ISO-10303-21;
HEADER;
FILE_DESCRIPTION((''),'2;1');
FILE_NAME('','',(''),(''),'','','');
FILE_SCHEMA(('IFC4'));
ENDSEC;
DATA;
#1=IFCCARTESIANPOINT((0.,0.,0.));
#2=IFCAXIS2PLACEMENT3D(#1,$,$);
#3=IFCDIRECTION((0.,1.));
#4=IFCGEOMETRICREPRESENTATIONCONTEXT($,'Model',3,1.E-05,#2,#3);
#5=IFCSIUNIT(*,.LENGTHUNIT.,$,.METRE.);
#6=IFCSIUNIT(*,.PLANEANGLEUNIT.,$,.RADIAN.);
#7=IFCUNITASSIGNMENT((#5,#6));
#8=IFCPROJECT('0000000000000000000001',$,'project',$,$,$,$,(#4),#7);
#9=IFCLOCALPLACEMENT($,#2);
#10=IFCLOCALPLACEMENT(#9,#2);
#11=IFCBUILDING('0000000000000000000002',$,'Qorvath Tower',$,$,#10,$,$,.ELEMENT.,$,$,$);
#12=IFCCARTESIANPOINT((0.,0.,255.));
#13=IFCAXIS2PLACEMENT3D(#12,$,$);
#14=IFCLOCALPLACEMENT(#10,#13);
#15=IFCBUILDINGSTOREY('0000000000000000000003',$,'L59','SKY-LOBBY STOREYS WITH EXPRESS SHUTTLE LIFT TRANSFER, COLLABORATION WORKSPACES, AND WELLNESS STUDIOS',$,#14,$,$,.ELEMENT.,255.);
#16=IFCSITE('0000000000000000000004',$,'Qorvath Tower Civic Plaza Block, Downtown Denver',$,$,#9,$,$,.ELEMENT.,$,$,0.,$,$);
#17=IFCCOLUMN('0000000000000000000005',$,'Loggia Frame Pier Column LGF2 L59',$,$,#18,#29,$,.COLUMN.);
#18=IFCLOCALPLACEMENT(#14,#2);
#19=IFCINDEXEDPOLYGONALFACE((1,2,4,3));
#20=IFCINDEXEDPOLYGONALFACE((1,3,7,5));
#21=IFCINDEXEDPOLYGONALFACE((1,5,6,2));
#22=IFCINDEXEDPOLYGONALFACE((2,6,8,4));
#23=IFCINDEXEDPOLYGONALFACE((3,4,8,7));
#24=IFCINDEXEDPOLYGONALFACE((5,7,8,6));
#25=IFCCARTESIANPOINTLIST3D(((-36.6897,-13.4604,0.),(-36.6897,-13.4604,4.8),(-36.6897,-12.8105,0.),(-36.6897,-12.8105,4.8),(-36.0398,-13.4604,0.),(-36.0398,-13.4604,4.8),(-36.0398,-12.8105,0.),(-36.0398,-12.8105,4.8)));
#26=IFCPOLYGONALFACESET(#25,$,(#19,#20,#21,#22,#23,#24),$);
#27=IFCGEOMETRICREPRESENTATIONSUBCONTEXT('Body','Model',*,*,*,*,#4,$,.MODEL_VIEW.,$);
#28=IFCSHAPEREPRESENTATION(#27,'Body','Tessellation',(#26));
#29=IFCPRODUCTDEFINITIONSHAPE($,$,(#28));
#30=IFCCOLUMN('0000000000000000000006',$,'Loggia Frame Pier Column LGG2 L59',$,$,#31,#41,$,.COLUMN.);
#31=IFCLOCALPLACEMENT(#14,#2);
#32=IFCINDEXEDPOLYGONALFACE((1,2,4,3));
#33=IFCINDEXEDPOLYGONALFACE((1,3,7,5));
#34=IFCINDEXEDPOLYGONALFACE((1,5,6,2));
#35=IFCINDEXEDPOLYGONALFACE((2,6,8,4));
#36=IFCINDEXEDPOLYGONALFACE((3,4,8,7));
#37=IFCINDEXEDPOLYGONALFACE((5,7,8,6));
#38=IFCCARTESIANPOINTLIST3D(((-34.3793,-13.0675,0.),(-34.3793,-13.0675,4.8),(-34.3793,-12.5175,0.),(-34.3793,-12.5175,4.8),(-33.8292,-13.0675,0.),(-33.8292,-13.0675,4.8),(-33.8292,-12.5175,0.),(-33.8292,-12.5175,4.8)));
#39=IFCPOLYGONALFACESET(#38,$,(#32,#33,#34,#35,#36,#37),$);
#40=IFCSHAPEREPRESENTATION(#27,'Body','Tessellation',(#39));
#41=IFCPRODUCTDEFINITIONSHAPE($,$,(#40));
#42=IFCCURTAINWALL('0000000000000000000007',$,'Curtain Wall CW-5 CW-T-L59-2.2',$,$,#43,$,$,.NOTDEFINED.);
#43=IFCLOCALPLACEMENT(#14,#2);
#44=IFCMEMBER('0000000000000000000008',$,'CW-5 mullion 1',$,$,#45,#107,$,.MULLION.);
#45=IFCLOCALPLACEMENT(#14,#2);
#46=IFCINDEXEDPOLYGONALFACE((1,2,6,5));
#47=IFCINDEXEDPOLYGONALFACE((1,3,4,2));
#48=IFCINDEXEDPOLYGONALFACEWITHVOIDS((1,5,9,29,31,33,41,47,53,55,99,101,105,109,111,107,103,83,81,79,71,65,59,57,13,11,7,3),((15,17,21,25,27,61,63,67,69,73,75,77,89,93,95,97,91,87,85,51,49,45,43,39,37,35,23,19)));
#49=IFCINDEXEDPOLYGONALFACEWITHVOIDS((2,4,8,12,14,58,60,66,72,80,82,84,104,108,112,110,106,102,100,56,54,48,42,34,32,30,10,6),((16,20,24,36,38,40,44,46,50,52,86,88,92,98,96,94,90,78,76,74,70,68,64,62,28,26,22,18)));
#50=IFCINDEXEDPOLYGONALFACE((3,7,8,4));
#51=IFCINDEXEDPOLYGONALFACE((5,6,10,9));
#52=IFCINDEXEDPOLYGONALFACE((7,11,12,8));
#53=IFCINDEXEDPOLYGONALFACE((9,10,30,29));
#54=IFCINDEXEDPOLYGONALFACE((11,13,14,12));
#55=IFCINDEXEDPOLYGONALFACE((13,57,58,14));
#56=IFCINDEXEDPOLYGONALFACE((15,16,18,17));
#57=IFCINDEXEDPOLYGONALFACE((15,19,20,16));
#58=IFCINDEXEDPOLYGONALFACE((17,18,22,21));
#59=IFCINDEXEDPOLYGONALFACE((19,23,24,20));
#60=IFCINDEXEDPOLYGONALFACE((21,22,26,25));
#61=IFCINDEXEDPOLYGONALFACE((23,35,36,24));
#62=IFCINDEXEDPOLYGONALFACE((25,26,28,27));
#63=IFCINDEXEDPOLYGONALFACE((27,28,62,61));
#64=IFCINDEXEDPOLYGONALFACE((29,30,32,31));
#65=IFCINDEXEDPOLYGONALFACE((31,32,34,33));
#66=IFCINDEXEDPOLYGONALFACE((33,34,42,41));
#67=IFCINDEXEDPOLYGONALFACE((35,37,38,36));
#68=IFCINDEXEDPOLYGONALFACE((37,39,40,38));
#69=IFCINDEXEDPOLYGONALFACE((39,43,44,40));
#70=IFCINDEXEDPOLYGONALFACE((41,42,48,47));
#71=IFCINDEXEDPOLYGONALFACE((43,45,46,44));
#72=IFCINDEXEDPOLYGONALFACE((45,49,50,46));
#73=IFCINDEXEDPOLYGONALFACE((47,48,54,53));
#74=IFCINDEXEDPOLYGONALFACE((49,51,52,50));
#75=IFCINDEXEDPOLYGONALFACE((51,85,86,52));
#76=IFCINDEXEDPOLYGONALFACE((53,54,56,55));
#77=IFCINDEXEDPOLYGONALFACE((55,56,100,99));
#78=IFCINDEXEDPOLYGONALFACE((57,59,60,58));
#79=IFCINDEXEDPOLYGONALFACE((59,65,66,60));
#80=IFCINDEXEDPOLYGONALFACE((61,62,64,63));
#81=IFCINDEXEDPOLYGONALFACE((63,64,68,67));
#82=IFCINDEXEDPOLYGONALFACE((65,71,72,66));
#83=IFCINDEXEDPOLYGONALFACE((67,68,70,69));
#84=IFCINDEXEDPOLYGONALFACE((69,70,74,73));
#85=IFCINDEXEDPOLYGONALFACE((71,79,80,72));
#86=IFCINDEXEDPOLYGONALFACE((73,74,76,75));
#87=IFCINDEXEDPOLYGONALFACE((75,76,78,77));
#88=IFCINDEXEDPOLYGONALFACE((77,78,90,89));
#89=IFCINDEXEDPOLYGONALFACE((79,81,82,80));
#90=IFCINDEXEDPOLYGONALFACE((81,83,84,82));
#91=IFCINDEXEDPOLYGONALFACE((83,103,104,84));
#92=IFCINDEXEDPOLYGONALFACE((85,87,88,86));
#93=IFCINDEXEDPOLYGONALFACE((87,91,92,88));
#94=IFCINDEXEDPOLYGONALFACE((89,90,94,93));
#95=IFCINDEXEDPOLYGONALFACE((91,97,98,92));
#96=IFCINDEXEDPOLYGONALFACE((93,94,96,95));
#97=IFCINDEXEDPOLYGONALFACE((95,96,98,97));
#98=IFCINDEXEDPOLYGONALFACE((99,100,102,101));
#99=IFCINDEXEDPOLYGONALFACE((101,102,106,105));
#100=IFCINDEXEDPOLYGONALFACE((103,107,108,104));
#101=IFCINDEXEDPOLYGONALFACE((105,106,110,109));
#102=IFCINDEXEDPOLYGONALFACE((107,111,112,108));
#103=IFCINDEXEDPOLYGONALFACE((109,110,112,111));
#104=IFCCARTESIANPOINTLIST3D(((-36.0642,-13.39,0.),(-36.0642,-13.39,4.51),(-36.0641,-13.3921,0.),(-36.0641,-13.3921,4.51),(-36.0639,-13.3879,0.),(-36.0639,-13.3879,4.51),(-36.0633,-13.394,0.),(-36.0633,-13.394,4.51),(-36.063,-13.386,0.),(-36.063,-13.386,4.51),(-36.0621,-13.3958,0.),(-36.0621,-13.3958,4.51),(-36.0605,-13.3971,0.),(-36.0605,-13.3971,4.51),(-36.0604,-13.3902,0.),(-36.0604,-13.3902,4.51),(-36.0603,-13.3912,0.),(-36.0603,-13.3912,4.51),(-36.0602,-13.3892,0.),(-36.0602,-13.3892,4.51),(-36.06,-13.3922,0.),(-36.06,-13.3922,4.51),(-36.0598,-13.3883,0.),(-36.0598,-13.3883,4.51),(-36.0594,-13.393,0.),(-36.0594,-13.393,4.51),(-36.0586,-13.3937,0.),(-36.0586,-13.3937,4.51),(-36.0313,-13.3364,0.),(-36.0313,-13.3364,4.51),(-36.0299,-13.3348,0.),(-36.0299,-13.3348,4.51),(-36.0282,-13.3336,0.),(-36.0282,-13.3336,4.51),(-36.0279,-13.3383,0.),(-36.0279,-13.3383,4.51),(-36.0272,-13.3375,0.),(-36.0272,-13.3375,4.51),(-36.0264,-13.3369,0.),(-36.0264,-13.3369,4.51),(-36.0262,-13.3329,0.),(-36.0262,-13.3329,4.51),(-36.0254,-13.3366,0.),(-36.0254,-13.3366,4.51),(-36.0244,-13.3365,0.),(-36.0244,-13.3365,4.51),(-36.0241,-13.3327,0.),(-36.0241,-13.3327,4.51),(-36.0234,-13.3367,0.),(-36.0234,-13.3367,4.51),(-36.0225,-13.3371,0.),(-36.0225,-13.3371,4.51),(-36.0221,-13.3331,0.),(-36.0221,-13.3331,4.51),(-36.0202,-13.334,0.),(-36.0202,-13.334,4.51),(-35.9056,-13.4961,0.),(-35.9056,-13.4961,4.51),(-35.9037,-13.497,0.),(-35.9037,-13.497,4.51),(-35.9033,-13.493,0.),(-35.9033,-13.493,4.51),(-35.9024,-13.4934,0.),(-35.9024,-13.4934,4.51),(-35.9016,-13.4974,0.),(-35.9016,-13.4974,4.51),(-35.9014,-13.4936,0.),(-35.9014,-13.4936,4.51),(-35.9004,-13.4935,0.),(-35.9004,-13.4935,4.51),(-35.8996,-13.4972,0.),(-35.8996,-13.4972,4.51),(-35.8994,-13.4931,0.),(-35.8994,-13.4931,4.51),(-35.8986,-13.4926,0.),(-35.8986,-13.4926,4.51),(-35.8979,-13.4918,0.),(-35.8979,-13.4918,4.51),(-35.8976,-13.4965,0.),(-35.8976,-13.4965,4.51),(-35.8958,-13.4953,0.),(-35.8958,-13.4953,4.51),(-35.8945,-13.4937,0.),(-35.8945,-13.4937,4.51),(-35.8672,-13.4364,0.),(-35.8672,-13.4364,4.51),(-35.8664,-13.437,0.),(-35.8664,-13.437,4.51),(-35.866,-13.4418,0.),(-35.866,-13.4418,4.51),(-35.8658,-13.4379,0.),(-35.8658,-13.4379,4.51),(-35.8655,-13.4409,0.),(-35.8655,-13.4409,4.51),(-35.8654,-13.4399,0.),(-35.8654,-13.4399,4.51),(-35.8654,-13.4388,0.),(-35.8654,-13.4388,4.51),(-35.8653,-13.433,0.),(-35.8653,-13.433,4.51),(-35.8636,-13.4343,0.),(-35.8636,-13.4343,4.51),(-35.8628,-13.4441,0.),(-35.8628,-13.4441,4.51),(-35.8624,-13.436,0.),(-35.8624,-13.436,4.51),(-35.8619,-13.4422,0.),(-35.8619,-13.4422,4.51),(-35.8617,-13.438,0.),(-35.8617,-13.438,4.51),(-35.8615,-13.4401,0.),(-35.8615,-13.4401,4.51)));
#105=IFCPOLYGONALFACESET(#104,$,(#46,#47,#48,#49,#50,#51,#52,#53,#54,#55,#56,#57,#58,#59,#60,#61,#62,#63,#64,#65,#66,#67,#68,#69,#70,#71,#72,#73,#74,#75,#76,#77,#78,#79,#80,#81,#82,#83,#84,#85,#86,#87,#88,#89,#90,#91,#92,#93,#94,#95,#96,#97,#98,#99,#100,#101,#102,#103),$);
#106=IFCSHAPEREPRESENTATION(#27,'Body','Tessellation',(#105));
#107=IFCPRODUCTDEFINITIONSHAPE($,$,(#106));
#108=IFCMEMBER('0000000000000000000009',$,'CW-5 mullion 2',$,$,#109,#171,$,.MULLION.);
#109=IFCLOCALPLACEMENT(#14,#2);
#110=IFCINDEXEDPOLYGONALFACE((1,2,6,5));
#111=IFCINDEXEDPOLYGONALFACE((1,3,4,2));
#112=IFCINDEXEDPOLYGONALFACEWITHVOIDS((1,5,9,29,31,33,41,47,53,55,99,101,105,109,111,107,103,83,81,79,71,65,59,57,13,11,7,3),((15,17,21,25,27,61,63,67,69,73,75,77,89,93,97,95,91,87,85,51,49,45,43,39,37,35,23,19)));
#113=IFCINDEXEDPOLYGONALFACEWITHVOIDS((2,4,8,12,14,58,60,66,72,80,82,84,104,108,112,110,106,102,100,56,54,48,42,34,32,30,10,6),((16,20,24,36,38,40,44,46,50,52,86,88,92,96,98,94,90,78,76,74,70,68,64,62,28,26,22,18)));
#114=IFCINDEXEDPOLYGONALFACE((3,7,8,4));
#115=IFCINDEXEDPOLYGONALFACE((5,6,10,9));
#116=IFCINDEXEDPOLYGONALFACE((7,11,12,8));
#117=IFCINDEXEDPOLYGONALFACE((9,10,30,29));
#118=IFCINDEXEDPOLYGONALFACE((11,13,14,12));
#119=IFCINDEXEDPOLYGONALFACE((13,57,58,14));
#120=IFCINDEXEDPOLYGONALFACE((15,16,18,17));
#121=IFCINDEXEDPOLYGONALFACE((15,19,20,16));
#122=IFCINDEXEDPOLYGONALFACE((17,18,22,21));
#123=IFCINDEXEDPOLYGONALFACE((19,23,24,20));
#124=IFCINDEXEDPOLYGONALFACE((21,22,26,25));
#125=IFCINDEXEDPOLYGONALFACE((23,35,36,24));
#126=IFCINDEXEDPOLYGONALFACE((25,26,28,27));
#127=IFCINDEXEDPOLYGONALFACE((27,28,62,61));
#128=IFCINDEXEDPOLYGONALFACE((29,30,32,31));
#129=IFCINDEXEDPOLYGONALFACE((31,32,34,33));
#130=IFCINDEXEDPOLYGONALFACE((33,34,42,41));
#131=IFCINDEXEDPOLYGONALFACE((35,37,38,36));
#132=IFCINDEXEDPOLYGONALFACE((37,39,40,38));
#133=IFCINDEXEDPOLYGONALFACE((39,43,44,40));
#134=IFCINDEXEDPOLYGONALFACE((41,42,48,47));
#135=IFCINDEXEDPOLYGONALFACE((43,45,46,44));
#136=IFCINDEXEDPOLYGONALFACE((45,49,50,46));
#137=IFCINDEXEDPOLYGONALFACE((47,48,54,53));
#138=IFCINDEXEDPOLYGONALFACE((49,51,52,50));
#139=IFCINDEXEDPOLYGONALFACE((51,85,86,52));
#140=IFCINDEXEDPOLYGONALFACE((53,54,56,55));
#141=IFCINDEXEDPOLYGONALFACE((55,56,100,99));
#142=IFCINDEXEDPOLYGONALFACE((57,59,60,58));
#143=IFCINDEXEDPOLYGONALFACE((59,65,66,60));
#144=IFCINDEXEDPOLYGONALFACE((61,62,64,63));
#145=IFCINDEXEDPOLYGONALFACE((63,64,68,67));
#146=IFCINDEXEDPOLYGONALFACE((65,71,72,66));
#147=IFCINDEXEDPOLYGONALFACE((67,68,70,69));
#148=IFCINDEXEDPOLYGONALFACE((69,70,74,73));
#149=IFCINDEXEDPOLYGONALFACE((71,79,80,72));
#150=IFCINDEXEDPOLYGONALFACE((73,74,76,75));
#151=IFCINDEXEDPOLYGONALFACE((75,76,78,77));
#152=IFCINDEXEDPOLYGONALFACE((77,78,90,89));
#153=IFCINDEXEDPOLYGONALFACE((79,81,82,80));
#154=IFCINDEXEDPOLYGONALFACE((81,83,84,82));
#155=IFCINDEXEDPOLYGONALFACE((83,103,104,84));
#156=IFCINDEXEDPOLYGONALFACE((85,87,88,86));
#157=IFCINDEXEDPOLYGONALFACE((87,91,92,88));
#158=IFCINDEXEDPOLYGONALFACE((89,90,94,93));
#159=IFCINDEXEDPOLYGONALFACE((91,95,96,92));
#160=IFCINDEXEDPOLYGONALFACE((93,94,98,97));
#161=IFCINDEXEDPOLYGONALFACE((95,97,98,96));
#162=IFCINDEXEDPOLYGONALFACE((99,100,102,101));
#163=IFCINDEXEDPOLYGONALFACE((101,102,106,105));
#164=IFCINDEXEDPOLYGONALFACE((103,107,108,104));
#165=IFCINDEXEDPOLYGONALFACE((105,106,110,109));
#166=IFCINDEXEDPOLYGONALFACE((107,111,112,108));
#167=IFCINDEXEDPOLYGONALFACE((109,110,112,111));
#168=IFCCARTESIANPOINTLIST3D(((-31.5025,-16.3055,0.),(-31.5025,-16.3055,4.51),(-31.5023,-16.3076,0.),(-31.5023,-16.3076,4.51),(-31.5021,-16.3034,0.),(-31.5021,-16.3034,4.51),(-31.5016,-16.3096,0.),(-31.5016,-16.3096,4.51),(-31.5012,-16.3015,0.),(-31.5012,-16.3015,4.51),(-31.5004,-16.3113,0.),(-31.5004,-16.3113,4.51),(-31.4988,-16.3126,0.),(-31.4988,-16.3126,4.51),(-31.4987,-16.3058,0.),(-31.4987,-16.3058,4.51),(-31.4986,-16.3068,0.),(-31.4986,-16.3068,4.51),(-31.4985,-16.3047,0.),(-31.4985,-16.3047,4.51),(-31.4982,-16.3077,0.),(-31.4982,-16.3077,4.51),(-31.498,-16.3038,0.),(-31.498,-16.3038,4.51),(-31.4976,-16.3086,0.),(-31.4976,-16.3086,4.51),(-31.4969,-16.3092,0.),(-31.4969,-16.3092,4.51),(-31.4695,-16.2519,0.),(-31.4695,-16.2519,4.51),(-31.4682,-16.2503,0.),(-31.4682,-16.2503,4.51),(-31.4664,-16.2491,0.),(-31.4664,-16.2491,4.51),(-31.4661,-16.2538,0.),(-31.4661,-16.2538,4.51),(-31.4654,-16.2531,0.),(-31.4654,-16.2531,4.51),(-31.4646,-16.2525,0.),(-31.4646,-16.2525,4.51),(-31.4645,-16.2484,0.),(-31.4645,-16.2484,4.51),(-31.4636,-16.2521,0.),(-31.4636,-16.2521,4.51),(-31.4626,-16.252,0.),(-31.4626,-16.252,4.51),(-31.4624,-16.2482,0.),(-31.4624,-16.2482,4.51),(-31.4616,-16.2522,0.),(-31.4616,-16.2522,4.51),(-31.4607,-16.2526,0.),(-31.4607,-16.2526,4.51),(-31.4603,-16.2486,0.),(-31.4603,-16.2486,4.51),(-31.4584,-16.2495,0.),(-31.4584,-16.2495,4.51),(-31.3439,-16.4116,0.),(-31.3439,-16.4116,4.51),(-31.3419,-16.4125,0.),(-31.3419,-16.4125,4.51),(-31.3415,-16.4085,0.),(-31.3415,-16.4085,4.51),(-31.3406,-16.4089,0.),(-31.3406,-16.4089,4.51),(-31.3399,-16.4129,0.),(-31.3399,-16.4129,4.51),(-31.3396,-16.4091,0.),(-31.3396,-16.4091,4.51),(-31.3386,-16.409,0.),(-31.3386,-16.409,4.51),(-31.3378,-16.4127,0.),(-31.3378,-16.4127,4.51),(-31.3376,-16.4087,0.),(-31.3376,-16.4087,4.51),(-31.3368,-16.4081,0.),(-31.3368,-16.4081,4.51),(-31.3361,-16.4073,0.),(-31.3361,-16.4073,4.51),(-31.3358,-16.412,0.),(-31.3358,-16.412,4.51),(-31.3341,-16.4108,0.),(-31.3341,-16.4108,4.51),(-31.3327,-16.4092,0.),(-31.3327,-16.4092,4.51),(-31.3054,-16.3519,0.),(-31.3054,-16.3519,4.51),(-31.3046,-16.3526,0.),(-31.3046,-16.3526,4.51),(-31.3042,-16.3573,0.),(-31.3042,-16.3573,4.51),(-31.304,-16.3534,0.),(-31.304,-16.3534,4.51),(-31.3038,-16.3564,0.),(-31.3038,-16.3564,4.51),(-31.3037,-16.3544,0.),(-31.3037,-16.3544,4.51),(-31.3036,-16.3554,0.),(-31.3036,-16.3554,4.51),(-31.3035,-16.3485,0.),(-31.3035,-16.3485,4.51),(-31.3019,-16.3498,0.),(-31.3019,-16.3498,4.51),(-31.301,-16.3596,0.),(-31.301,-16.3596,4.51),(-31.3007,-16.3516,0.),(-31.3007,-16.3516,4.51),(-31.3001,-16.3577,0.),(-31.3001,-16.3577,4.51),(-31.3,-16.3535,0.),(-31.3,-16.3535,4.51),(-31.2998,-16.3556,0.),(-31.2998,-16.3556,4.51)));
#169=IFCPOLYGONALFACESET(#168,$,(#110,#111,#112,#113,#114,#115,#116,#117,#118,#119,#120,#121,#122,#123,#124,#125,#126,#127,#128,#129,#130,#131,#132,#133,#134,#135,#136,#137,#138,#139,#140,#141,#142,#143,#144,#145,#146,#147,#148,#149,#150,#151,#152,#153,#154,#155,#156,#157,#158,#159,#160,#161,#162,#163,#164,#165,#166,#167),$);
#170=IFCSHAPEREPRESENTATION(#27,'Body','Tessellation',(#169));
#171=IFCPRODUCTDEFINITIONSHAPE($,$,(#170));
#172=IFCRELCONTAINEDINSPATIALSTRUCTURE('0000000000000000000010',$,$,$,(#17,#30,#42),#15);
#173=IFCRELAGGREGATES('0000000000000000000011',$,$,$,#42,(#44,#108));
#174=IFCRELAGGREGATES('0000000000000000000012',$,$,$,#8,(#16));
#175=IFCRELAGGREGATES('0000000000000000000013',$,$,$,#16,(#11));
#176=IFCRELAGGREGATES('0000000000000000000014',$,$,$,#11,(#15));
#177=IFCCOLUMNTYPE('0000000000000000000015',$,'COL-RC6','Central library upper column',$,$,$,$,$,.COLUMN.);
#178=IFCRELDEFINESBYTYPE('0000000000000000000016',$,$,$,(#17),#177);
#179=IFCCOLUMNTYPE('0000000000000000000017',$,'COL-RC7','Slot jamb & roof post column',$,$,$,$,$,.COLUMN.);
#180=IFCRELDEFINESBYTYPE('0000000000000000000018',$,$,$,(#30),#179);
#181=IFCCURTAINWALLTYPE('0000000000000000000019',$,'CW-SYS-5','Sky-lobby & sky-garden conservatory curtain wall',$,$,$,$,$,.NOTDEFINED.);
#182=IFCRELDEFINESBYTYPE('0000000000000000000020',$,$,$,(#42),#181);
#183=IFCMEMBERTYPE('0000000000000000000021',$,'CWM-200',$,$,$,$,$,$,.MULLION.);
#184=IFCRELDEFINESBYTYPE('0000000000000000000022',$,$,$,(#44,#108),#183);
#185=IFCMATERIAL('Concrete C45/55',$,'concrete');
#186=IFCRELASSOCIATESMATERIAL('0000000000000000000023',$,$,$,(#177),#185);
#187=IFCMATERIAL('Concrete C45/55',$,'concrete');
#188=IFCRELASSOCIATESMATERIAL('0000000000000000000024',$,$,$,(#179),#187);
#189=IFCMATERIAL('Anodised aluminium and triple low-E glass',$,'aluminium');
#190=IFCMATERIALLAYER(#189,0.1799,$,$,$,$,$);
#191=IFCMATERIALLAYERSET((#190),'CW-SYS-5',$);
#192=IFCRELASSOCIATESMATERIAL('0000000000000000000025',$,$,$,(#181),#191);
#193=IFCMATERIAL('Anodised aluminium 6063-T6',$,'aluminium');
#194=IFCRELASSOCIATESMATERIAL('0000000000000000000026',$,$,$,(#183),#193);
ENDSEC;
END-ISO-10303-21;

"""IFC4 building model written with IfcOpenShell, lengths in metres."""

from ifc_helpers import new_model, si_unit, direction, frame, origin, origin_2d, place, context, subcontext, project, spatial, rectangle, hollow_rectangle, extrude, material, layer, layer_set, material_profile, profile_set, type_object, element, aggregate, save


model = new_model("IFC4")

# Units and contexts
model_context = context("Model", 3, precision=1e-05, world=origin(), true_north=direction((0.0, 1.0)))
body_context = subcontext(model_context, "Body", "Model", "MODEL_VIEW")
ifc_project = project(units=[si_unit("LENGTHUNIT", "METRE"), si_unit("PLANEANGLEUNIT", "RADIAN")], contexts=[model_context])

# Site, building, storey
site_placement = place(None, origin())
site = spatial("IfcSite", under=ifc_project, at=site_placement, Name="Qorvath Tower Civic Plaza Block, Downtown Denver", CompositionType="ELEMENT", RefElevation=0.0)
building_placement = place(site_placement, origin())
building = spatial("IfcBuilding", under=site, at=building_placement, Name="Qorvath Tower", CompositionType="ELEMENT")
storey_placement = place(building_placement, frame((0.0, 0.0, 255.0)))
storey = spatial("IfcBuildingStorey", under=building, at=storey_placement, Name="L59", Description="SKY-LOBBY STOREYS WITH EXPRESS SHUTTLE LIFT TRANSFER, COLLABORATION WORKSPACES, AND WELLNESS STUDIOS", CompositionType="ELEMENT", Elevation=255.0)

# Columns
ifc_material_1 = material(Name="Concrete C45/55", Category="concrete")
ifc_material_profile_1 = material_profile(ifc_material_1, rectangle(XDim=0.6499, YDim=0.6499, at=origin_2d()), Name="RC 650x650")
ifc_profile_set_1 = profile_set([ifc_material_profile_1], Name="Concrete C45/55")
column_type_1 = type_object("IfcColumnType", Name="COL-RC6", Description="Central library upper column", PredefinedType="COLUMN", material=ifc_profile_set_1)
column_1_placement = place(storey_placement, frame((-36.3647, -13.1355, 0.0), z_axis=(0.0, 0.0, 1.0), x_axis=(1.0, 0.0, 0.0)))
element("IfcColumn", 1, at=column_1_placement, inside=storey, type_object=column_type_1, Name="Loggia Frame Pier Column LGF2 L59", PredefinedType="COLUMN", context=body_context, shape_type="SweptSolid", body=[
    extrude(rectangle(XDim=0.6499, YDim=0.6499, at=origin_2d()), origin(), (0.0, 0.0, 1.0), 4.8),
])
ifc_material_2 = material(Name="Concrete C45/55", Category="concrete")
ifc_material_profile_2 = material_profile(ifc_material_2, rectangle(XDim=0.55, YDim=0.55, at=origin_2d()), Name="RC 550x550")
ifc_profile_set_2 = profile_set([ifc_material_profile_2], Name="Concrete C45/55")
column_type_2 = type_object("IfcColumnType", Name="COL-RC7", Description="Slot jamb & roof post column", PredefinedType="COLUMN", material=ifc_profile_set_2)
column_2_placement = place(storey_placement, frame((-34.1042, -12.7925, 0.0), z_axis=(0.0, 0.0, 1.0), x_axis=(1.0, 0.0, 0.0)))
element("IfcColumn", 2, at=column_2_placement, inside=storey, type_object=column_type_2, Name="Loggia Frame Pier Column LGG2 L59", PredefinedType="COLUMN", context=body_context, shape_type="SweptSolid", body=[
    extrude(rectangle(XDim=0.55, YDim=0.55, at=origin_2d()), origin(), (0.0, 0.0, 1.0), 4.8),
])

# Curtain wall, members
ifc_material_3 = material(Name="Anodised aluminium and triple low-E glass", Category="aluminium")
ifc_layer_1 = layer(ifc_material_3, 0.1799)
ifc_layer_set_1 = layer_set([ifc_layer_1], Name="CW-SYS-5")
curtain_wall_type = type_object("IfcCurtainWallType", Name="CW-SYS-5", Description="Sky-lobby & sky-garden conservatory curtain wall", PredefinedType="NOTDEFINED", material=ifc_layer_set_1)
curtain_wall_placement = place(storey_placement, origin())
curtain_wall = element("IfcCurtainWall", 3, at=curtain_wall_placement, inside=storey, type_object=curtain_wall_type, Name="Curtain Wall CW-5 CW-T-L59-2.2", PredefinedType="NOTDEFINED")
ifc_material_4 = material(Name="Anodised aluminium 6063-T6", Category="aluminium")
ifc_material_profile_3 = material_profile(ifc_material_4, hollow_rectangle(XDim=0.075, YDim=0.2, WallThickness=0.0039, InnerFilletRadius=0.0039, OuterFilletRadius=0.0081, at=origin_2d()), Name="CWM 200x75")
ifc_profile_set_3 = profile_set([ifc_material_profile_3], Name="Anodised aluminium 6063-T6")
member_type_1 = type_object("IfcMemberType", Name="CWM-200", PredefinedType="MULLION", material=ifc_profile_set_3)
member_1_placement = place(storey_placement, frame((-35.9629, -13.415, 0.0), z_axis=(0.0, 0.0, 1.0), x_axis=(0.538534, 0.842604, 0.0)))
member_1 = element("IfcMember", 4, at=member_1_placement, type_object=member_type_1, Name="CW-5 mullion 1", PredefinedType="MULLION", context=body_context, shape_type="SweptSolid", body=[
    extrude(hollow_rectangle(XDim=0.075, YDim=0.2, WallThickness=0.0039, InnerFilletRadius=0.0039, OuterFilletRadius=0.0081, at=origin_2d()), origin(), (0.0, 0.0, 1.0), 4.51),
])
member_2_placement = place(storey_placement, frame((-31.4011, -16.3306, 0.0), z_axis=(0.0, 0.0, 1.0), x_axis=(0.538534, 0.842604, 0.0)))
member_2 = element("IfcMember", 5, at=member_2_placement, type_object=member_type_1, Name="CW-5 mullion 2", PredefinedType="MULLION", context=body_context, shape_type="SweptSolid", body=[
    extrude(hollow_rectangle(XDim=0.075, YDim=0.2, WallThickness=0.0039, InnerFilletRadius=0.0039, OuterFilletRadius=0.0081, at=origin_2d()), origin(), (0.0, 0.0, 1.0), 4.51),
])
aggregate(curtain_wall, [member_1, member_2])

save(model, "model.ifc")
